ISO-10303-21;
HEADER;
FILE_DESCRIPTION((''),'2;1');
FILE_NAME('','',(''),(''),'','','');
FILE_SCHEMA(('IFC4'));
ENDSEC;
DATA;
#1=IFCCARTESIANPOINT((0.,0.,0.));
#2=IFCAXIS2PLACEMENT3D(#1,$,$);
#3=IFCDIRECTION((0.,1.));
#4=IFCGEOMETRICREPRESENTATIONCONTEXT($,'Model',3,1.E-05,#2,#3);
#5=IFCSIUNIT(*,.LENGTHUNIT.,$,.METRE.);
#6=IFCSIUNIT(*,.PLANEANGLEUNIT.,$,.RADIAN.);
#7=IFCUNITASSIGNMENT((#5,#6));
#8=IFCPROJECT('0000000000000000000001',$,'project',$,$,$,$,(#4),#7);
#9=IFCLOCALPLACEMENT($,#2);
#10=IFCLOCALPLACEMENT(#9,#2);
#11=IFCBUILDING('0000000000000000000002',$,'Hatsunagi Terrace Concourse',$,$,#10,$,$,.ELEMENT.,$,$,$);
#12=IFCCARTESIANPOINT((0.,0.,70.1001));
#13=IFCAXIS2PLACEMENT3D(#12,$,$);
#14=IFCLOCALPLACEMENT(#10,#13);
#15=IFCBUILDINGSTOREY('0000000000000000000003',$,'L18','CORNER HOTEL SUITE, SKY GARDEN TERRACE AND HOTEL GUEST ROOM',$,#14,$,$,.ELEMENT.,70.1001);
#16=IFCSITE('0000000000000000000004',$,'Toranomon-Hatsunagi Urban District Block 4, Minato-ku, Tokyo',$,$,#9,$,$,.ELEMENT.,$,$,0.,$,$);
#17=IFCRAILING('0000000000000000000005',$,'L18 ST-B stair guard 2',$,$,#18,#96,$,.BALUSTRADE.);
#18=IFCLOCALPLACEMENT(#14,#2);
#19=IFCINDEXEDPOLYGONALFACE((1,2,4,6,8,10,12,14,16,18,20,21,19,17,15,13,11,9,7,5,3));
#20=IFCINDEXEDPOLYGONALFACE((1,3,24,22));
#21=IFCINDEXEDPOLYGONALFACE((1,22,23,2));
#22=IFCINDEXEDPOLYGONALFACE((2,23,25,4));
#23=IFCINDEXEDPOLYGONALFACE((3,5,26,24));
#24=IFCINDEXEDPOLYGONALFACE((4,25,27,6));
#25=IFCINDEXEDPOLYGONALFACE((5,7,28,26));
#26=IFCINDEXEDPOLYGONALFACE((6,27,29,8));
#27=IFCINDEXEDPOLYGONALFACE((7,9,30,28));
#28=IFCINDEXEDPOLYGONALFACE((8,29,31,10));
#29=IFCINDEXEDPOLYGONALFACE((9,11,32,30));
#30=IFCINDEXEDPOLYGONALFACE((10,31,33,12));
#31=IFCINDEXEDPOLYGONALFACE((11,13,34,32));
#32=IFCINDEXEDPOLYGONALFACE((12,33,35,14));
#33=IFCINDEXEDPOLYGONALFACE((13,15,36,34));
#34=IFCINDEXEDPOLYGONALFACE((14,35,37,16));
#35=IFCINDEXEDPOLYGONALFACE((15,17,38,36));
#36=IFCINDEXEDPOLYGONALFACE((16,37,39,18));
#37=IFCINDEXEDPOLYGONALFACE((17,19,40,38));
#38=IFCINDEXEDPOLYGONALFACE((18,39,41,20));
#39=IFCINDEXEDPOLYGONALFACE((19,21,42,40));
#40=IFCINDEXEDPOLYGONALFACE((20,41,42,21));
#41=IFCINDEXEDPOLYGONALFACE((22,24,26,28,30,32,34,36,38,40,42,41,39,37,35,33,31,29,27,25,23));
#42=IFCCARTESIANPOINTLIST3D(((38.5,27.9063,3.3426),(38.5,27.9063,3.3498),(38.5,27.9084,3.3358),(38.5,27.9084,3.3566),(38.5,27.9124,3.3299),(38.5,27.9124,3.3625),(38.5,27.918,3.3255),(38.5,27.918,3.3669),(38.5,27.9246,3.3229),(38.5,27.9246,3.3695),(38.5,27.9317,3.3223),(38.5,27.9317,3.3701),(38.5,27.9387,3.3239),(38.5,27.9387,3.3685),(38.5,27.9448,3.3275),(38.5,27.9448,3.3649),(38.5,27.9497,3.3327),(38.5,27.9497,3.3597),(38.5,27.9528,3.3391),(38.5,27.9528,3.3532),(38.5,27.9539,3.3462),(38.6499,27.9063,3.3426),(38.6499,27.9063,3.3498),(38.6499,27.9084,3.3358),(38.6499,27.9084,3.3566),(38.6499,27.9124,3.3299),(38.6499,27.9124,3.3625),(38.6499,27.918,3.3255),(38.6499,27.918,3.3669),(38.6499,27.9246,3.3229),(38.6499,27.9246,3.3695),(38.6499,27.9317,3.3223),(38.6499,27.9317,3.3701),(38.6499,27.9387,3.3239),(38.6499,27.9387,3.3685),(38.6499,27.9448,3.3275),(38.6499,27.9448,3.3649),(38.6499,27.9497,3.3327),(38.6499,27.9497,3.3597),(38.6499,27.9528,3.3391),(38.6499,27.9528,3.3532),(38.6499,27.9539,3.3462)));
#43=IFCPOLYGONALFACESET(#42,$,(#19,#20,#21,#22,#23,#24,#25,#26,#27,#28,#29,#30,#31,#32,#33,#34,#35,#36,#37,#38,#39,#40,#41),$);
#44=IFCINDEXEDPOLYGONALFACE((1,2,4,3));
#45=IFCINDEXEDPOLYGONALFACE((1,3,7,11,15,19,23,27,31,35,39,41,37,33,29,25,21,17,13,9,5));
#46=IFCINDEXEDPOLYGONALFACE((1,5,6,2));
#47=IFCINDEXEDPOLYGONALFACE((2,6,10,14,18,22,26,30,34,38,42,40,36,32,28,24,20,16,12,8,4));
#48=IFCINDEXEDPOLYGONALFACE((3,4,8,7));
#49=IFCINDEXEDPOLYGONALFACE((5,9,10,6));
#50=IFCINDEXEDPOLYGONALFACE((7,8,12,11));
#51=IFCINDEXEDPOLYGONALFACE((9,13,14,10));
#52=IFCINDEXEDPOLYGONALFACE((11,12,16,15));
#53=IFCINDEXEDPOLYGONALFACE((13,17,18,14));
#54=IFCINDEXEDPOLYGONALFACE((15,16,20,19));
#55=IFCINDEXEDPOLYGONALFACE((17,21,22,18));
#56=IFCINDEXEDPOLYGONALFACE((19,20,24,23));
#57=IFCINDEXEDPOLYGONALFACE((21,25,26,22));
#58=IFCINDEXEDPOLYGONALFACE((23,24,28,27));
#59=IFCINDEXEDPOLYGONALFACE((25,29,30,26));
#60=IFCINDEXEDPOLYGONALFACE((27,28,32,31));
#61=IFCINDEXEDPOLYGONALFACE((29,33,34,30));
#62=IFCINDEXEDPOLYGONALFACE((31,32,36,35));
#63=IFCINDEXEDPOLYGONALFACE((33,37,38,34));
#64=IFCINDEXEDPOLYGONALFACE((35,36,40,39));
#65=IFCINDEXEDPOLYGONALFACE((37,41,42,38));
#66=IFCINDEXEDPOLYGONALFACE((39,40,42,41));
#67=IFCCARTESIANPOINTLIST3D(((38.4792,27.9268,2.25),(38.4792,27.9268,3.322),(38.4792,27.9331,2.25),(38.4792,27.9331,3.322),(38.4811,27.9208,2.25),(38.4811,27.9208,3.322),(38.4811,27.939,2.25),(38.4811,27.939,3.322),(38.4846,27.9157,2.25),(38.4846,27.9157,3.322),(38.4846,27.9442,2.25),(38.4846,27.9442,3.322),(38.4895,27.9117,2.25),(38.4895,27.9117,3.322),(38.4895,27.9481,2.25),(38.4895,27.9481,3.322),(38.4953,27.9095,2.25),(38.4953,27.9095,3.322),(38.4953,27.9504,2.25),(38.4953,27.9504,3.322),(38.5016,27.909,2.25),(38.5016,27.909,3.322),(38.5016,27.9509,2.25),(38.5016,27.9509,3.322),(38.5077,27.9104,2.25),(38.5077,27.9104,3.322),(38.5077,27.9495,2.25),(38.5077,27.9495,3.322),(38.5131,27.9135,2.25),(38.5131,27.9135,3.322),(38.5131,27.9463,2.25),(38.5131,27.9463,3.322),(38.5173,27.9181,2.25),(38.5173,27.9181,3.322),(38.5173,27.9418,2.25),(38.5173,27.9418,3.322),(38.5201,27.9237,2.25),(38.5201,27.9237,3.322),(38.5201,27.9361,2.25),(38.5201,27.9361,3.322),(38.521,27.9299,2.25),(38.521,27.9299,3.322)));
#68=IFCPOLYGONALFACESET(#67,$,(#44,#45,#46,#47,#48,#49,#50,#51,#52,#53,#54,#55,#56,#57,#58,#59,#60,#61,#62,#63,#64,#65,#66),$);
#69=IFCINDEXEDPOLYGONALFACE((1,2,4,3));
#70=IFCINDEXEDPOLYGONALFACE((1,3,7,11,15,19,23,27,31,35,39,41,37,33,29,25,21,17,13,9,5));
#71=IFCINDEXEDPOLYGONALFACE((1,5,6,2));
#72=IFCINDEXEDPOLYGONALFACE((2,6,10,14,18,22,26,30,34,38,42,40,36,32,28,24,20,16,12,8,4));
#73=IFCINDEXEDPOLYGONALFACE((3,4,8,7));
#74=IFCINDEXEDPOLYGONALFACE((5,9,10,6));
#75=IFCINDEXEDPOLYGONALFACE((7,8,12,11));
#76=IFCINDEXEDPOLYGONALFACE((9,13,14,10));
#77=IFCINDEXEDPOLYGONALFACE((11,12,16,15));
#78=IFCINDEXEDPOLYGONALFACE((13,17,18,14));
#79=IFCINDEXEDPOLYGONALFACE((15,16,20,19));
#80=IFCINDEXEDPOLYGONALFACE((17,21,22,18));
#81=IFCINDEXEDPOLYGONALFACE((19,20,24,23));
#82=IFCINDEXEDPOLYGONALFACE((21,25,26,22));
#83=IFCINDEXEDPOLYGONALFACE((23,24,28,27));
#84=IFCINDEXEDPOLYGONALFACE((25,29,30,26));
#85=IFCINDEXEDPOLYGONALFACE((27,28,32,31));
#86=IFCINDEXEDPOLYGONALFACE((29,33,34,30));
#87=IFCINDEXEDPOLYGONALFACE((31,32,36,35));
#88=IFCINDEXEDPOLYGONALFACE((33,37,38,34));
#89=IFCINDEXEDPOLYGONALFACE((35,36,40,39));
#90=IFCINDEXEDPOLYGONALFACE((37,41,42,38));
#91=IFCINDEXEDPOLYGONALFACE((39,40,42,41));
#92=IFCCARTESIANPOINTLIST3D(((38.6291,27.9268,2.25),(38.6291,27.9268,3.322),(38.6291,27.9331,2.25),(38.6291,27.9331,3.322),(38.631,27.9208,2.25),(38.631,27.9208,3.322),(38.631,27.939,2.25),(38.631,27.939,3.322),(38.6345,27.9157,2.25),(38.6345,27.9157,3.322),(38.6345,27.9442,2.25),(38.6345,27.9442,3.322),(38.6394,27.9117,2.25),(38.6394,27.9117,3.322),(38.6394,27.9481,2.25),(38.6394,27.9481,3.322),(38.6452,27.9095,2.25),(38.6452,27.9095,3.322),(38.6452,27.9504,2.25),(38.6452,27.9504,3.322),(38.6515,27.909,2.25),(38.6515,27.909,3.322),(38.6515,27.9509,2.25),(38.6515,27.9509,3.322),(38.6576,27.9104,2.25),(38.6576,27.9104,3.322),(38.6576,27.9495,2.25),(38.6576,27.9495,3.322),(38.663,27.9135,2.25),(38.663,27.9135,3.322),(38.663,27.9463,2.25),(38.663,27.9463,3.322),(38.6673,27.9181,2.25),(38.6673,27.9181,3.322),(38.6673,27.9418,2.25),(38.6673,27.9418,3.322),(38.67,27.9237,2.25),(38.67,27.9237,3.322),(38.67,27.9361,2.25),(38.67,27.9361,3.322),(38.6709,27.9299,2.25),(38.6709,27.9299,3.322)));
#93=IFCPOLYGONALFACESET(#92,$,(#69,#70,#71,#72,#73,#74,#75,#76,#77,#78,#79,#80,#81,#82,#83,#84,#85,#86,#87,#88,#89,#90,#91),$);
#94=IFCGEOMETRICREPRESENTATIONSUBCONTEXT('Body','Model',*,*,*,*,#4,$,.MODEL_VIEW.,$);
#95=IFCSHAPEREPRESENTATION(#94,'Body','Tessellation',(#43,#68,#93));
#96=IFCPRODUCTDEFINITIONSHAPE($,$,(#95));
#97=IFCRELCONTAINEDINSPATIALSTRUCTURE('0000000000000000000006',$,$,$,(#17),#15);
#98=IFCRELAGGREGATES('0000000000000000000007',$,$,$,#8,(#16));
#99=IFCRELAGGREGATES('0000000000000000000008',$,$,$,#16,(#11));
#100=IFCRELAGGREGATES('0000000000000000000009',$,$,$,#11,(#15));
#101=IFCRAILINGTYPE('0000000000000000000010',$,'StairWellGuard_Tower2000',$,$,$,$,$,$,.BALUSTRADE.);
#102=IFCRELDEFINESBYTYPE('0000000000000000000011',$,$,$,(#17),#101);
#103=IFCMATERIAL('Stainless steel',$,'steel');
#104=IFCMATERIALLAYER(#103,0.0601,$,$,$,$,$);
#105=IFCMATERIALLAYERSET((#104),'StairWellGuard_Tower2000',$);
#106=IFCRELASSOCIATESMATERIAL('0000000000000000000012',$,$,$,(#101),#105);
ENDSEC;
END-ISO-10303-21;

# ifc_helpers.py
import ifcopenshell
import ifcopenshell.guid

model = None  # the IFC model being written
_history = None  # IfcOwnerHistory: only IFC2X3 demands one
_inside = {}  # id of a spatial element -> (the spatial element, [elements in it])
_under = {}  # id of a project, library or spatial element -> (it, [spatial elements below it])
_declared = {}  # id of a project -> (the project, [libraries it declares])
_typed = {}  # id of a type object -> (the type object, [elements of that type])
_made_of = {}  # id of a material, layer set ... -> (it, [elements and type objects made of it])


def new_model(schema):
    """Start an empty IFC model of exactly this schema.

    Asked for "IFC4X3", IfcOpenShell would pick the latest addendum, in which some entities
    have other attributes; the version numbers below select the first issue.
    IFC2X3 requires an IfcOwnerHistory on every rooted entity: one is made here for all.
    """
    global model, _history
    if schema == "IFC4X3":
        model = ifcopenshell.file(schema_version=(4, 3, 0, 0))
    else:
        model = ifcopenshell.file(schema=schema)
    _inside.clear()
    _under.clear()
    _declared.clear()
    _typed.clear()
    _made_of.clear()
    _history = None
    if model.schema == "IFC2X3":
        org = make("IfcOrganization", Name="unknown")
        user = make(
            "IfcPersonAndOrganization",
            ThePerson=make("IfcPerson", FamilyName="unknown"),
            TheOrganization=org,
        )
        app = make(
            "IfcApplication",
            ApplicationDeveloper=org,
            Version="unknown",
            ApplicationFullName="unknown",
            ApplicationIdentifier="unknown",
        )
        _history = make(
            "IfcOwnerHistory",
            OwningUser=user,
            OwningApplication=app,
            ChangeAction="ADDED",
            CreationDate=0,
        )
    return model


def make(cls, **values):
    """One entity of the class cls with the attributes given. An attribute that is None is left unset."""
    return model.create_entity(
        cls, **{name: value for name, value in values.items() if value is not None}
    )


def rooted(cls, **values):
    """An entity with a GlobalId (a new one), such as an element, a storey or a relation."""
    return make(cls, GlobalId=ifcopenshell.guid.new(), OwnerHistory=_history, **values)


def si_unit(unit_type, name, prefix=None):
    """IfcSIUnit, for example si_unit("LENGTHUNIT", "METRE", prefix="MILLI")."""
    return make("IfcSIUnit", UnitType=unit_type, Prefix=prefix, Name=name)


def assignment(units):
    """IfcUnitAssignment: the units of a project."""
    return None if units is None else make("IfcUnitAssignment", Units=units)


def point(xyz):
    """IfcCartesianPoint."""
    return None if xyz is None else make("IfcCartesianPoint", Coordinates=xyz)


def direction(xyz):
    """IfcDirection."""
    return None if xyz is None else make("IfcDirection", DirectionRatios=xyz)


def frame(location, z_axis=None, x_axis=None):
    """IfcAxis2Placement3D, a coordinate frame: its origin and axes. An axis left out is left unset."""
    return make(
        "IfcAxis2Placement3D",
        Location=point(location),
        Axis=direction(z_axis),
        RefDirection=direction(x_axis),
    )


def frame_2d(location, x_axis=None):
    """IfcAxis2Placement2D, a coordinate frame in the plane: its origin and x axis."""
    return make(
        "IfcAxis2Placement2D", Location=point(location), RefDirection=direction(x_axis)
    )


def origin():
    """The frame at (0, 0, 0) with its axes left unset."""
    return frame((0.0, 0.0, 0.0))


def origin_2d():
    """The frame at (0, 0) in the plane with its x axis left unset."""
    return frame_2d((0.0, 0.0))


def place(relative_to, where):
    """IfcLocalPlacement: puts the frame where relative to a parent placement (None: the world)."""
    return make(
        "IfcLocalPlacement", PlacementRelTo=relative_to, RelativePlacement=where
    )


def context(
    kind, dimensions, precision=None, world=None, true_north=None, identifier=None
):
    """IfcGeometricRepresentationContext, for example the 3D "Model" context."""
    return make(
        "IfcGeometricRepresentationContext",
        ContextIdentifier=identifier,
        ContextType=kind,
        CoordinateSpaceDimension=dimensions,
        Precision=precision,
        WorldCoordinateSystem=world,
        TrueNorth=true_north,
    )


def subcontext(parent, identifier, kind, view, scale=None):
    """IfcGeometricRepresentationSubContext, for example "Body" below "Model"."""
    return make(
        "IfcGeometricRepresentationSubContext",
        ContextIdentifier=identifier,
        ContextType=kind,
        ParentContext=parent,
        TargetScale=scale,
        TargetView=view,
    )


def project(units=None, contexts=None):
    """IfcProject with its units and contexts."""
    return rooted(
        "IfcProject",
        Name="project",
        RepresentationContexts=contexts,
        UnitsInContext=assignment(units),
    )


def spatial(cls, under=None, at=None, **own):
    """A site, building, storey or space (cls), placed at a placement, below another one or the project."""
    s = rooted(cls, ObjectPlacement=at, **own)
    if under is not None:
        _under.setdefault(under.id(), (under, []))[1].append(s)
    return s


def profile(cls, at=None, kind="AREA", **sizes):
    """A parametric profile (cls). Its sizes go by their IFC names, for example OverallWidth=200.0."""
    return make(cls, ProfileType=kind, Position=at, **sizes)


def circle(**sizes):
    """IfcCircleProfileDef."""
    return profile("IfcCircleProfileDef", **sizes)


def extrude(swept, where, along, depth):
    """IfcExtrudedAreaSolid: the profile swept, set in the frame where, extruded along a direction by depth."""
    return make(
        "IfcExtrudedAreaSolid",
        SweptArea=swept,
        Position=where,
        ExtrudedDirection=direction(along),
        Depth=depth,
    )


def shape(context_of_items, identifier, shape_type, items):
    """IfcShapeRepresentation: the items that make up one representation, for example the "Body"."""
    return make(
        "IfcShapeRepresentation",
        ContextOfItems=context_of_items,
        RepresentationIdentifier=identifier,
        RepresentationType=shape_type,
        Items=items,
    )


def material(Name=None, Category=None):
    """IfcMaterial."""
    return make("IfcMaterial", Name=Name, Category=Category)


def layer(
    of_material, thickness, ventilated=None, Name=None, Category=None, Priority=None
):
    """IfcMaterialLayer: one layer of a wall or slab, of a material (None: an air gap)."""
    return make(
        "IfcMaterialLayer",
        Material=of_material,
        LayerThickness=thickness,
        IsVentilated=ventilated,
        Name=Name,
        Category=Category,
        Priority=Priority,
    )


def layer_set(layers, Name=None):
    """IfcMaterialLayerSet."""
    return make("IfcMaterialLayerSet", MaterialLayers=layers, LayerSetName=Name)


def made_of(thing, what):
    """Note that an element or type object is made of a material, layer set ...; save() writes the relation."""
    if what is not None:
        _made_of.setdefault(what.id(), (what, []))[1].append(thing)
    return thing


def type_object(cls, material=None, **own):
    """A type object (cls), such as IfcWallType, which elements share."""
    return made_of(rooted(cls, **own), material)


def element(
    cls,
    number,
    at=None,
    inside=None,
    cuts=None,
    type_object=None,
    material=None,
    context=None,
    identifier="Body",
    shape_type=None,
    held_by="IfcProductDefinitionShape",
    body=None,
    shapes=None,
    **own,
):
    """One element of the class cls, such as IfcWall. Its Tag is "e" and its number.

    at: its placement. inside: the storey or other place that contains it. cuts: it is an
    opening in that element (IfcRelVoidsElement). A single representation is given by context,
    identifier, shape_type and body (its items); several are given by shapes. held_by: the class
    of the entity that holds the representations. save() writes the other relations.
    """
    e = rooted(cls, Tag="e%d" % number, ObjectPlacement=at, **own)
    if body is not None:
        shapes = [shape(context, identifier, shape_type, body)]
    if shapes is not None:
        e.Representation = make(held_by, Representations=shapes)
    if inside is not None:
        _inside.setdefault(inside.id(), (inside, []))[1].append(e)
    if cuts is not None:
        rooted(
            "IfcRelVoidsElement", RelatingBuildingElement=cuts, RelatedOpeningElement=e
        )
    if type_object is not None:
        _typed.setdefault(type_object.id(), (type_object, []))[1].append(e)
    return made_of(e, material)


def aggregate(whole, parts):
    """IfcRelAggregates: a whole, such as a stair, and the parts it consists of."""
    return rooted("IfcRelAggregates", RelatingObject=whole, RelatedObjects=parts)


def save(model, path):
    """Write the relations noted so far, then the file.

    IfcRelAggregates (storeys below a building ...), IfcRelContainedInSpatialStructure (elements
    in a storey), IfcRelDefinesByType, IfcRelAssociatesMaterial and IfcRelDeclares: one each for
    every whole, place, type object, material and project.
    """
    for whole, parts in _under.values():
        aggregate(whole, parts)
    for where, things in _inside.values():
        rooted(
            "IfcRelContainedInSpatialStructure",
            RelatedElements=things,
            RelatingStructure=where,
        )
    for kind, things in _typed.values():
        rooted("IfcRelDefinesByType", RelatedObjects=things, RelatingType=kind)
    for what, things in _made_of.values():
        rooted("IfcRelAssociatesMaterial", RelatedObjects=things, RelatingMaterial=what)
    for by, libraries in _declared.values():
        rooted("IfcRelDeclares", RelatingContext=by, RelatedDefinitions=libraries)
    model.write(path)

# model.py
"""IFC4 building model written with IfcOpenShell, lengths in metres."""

from ifc_helpers import new_model, si_unit, direction, frame, origin, origin_2d, place, context, subcontext, project, spatial, circle, extrude, material, layer, layer_set, type_object, element, save


model = new_model("IFC4")

# Units and contexts
model_context = context("Model", 3, precision=1e-05, world=origin(), true_north=direction((0.0, 1.0)))
body_context = subcontext(model_context, "Body", "Model", "MODEL_VIEW")
ifc_project = project(units=[si_unit("LENGTHUNIT", "METRE"), si_unit("PLANEANGLEUNIT", "RADIAN")], contexts=[model_context])

# Site, building, storey
site_placement = place(None, origin())
site = spatial("IfcSite", under=ifc_project, at=site_placement, Name="Toranomon-Hatsunagi Urban District Block 4, Minato-ku, Tokyo", CompositionType="ELEMENT", RefElevation=0.0)
building_placement = place(site_placement, origin())
building = spatial("IfcBuilding", under=site, at=building_placement, Name="Hatsunagi Terrace Concourse", CompositionType="ELEMENT")
storey_placement = place(building_placement, frame((0.0, 0.0, 70.1001)))
storey = spatial("IfcBuildingStorey", under=building, at=storey_placement, Name="L18", Description="CORNER HOTEL SUITE, SKY GARDEN TERRACE AND HOTEL GUEST ROOM", CompositionType="ELEMENT", Elevation=70.1001)

# Railing
ifc_material_1 = material(Name="Stainless steel", Category="steel")
ifc_layer_1 = layer(ifc_material_1, 0.0601)
ifc_layer_set_1 = layer_set([ifc_layer_1], Name="StairWellGuard_Tower2000")
railing_type_1 = type_object("IfcRailingType", Name="StairWellGuard_Tower2000", PredefinedType="BALUSTRADE", material=ifc_layer_set_1)
railing_1_placement = place(storey_placement, frame((38.5, 27.9299, 2.25)))
element("IfcRailing", 1, at=railing_1_placement, inside=storey, type_object=railing_type_1, Name="L18 ST-B stair guard 2", PredefinedType="BALUSTRADE", context=body_context, shape_type="SweptSolid", body=[
    extrude(circle(Radius=0.0239, at=origin_2d()), frame((0.0, 0.0, 1.0962), z_axis=(1.0, 0.0, 0.0), x_axis=(0.0, 1.0, 0.0)), (0.0, 0.0, 1.0), 0.1499),
    extrude(circle(Radius=0.021, at=origin_2d()), origin(), (0.0, 0.0, 1.0), 1.072),
    extrude(circle(Radius=0.021, at=origin_2d()), frame((0.1499, 0.0, 0.0)), (0.0, 0.0, 1.0), 1.072),
])

save(model, "model.ifc")
